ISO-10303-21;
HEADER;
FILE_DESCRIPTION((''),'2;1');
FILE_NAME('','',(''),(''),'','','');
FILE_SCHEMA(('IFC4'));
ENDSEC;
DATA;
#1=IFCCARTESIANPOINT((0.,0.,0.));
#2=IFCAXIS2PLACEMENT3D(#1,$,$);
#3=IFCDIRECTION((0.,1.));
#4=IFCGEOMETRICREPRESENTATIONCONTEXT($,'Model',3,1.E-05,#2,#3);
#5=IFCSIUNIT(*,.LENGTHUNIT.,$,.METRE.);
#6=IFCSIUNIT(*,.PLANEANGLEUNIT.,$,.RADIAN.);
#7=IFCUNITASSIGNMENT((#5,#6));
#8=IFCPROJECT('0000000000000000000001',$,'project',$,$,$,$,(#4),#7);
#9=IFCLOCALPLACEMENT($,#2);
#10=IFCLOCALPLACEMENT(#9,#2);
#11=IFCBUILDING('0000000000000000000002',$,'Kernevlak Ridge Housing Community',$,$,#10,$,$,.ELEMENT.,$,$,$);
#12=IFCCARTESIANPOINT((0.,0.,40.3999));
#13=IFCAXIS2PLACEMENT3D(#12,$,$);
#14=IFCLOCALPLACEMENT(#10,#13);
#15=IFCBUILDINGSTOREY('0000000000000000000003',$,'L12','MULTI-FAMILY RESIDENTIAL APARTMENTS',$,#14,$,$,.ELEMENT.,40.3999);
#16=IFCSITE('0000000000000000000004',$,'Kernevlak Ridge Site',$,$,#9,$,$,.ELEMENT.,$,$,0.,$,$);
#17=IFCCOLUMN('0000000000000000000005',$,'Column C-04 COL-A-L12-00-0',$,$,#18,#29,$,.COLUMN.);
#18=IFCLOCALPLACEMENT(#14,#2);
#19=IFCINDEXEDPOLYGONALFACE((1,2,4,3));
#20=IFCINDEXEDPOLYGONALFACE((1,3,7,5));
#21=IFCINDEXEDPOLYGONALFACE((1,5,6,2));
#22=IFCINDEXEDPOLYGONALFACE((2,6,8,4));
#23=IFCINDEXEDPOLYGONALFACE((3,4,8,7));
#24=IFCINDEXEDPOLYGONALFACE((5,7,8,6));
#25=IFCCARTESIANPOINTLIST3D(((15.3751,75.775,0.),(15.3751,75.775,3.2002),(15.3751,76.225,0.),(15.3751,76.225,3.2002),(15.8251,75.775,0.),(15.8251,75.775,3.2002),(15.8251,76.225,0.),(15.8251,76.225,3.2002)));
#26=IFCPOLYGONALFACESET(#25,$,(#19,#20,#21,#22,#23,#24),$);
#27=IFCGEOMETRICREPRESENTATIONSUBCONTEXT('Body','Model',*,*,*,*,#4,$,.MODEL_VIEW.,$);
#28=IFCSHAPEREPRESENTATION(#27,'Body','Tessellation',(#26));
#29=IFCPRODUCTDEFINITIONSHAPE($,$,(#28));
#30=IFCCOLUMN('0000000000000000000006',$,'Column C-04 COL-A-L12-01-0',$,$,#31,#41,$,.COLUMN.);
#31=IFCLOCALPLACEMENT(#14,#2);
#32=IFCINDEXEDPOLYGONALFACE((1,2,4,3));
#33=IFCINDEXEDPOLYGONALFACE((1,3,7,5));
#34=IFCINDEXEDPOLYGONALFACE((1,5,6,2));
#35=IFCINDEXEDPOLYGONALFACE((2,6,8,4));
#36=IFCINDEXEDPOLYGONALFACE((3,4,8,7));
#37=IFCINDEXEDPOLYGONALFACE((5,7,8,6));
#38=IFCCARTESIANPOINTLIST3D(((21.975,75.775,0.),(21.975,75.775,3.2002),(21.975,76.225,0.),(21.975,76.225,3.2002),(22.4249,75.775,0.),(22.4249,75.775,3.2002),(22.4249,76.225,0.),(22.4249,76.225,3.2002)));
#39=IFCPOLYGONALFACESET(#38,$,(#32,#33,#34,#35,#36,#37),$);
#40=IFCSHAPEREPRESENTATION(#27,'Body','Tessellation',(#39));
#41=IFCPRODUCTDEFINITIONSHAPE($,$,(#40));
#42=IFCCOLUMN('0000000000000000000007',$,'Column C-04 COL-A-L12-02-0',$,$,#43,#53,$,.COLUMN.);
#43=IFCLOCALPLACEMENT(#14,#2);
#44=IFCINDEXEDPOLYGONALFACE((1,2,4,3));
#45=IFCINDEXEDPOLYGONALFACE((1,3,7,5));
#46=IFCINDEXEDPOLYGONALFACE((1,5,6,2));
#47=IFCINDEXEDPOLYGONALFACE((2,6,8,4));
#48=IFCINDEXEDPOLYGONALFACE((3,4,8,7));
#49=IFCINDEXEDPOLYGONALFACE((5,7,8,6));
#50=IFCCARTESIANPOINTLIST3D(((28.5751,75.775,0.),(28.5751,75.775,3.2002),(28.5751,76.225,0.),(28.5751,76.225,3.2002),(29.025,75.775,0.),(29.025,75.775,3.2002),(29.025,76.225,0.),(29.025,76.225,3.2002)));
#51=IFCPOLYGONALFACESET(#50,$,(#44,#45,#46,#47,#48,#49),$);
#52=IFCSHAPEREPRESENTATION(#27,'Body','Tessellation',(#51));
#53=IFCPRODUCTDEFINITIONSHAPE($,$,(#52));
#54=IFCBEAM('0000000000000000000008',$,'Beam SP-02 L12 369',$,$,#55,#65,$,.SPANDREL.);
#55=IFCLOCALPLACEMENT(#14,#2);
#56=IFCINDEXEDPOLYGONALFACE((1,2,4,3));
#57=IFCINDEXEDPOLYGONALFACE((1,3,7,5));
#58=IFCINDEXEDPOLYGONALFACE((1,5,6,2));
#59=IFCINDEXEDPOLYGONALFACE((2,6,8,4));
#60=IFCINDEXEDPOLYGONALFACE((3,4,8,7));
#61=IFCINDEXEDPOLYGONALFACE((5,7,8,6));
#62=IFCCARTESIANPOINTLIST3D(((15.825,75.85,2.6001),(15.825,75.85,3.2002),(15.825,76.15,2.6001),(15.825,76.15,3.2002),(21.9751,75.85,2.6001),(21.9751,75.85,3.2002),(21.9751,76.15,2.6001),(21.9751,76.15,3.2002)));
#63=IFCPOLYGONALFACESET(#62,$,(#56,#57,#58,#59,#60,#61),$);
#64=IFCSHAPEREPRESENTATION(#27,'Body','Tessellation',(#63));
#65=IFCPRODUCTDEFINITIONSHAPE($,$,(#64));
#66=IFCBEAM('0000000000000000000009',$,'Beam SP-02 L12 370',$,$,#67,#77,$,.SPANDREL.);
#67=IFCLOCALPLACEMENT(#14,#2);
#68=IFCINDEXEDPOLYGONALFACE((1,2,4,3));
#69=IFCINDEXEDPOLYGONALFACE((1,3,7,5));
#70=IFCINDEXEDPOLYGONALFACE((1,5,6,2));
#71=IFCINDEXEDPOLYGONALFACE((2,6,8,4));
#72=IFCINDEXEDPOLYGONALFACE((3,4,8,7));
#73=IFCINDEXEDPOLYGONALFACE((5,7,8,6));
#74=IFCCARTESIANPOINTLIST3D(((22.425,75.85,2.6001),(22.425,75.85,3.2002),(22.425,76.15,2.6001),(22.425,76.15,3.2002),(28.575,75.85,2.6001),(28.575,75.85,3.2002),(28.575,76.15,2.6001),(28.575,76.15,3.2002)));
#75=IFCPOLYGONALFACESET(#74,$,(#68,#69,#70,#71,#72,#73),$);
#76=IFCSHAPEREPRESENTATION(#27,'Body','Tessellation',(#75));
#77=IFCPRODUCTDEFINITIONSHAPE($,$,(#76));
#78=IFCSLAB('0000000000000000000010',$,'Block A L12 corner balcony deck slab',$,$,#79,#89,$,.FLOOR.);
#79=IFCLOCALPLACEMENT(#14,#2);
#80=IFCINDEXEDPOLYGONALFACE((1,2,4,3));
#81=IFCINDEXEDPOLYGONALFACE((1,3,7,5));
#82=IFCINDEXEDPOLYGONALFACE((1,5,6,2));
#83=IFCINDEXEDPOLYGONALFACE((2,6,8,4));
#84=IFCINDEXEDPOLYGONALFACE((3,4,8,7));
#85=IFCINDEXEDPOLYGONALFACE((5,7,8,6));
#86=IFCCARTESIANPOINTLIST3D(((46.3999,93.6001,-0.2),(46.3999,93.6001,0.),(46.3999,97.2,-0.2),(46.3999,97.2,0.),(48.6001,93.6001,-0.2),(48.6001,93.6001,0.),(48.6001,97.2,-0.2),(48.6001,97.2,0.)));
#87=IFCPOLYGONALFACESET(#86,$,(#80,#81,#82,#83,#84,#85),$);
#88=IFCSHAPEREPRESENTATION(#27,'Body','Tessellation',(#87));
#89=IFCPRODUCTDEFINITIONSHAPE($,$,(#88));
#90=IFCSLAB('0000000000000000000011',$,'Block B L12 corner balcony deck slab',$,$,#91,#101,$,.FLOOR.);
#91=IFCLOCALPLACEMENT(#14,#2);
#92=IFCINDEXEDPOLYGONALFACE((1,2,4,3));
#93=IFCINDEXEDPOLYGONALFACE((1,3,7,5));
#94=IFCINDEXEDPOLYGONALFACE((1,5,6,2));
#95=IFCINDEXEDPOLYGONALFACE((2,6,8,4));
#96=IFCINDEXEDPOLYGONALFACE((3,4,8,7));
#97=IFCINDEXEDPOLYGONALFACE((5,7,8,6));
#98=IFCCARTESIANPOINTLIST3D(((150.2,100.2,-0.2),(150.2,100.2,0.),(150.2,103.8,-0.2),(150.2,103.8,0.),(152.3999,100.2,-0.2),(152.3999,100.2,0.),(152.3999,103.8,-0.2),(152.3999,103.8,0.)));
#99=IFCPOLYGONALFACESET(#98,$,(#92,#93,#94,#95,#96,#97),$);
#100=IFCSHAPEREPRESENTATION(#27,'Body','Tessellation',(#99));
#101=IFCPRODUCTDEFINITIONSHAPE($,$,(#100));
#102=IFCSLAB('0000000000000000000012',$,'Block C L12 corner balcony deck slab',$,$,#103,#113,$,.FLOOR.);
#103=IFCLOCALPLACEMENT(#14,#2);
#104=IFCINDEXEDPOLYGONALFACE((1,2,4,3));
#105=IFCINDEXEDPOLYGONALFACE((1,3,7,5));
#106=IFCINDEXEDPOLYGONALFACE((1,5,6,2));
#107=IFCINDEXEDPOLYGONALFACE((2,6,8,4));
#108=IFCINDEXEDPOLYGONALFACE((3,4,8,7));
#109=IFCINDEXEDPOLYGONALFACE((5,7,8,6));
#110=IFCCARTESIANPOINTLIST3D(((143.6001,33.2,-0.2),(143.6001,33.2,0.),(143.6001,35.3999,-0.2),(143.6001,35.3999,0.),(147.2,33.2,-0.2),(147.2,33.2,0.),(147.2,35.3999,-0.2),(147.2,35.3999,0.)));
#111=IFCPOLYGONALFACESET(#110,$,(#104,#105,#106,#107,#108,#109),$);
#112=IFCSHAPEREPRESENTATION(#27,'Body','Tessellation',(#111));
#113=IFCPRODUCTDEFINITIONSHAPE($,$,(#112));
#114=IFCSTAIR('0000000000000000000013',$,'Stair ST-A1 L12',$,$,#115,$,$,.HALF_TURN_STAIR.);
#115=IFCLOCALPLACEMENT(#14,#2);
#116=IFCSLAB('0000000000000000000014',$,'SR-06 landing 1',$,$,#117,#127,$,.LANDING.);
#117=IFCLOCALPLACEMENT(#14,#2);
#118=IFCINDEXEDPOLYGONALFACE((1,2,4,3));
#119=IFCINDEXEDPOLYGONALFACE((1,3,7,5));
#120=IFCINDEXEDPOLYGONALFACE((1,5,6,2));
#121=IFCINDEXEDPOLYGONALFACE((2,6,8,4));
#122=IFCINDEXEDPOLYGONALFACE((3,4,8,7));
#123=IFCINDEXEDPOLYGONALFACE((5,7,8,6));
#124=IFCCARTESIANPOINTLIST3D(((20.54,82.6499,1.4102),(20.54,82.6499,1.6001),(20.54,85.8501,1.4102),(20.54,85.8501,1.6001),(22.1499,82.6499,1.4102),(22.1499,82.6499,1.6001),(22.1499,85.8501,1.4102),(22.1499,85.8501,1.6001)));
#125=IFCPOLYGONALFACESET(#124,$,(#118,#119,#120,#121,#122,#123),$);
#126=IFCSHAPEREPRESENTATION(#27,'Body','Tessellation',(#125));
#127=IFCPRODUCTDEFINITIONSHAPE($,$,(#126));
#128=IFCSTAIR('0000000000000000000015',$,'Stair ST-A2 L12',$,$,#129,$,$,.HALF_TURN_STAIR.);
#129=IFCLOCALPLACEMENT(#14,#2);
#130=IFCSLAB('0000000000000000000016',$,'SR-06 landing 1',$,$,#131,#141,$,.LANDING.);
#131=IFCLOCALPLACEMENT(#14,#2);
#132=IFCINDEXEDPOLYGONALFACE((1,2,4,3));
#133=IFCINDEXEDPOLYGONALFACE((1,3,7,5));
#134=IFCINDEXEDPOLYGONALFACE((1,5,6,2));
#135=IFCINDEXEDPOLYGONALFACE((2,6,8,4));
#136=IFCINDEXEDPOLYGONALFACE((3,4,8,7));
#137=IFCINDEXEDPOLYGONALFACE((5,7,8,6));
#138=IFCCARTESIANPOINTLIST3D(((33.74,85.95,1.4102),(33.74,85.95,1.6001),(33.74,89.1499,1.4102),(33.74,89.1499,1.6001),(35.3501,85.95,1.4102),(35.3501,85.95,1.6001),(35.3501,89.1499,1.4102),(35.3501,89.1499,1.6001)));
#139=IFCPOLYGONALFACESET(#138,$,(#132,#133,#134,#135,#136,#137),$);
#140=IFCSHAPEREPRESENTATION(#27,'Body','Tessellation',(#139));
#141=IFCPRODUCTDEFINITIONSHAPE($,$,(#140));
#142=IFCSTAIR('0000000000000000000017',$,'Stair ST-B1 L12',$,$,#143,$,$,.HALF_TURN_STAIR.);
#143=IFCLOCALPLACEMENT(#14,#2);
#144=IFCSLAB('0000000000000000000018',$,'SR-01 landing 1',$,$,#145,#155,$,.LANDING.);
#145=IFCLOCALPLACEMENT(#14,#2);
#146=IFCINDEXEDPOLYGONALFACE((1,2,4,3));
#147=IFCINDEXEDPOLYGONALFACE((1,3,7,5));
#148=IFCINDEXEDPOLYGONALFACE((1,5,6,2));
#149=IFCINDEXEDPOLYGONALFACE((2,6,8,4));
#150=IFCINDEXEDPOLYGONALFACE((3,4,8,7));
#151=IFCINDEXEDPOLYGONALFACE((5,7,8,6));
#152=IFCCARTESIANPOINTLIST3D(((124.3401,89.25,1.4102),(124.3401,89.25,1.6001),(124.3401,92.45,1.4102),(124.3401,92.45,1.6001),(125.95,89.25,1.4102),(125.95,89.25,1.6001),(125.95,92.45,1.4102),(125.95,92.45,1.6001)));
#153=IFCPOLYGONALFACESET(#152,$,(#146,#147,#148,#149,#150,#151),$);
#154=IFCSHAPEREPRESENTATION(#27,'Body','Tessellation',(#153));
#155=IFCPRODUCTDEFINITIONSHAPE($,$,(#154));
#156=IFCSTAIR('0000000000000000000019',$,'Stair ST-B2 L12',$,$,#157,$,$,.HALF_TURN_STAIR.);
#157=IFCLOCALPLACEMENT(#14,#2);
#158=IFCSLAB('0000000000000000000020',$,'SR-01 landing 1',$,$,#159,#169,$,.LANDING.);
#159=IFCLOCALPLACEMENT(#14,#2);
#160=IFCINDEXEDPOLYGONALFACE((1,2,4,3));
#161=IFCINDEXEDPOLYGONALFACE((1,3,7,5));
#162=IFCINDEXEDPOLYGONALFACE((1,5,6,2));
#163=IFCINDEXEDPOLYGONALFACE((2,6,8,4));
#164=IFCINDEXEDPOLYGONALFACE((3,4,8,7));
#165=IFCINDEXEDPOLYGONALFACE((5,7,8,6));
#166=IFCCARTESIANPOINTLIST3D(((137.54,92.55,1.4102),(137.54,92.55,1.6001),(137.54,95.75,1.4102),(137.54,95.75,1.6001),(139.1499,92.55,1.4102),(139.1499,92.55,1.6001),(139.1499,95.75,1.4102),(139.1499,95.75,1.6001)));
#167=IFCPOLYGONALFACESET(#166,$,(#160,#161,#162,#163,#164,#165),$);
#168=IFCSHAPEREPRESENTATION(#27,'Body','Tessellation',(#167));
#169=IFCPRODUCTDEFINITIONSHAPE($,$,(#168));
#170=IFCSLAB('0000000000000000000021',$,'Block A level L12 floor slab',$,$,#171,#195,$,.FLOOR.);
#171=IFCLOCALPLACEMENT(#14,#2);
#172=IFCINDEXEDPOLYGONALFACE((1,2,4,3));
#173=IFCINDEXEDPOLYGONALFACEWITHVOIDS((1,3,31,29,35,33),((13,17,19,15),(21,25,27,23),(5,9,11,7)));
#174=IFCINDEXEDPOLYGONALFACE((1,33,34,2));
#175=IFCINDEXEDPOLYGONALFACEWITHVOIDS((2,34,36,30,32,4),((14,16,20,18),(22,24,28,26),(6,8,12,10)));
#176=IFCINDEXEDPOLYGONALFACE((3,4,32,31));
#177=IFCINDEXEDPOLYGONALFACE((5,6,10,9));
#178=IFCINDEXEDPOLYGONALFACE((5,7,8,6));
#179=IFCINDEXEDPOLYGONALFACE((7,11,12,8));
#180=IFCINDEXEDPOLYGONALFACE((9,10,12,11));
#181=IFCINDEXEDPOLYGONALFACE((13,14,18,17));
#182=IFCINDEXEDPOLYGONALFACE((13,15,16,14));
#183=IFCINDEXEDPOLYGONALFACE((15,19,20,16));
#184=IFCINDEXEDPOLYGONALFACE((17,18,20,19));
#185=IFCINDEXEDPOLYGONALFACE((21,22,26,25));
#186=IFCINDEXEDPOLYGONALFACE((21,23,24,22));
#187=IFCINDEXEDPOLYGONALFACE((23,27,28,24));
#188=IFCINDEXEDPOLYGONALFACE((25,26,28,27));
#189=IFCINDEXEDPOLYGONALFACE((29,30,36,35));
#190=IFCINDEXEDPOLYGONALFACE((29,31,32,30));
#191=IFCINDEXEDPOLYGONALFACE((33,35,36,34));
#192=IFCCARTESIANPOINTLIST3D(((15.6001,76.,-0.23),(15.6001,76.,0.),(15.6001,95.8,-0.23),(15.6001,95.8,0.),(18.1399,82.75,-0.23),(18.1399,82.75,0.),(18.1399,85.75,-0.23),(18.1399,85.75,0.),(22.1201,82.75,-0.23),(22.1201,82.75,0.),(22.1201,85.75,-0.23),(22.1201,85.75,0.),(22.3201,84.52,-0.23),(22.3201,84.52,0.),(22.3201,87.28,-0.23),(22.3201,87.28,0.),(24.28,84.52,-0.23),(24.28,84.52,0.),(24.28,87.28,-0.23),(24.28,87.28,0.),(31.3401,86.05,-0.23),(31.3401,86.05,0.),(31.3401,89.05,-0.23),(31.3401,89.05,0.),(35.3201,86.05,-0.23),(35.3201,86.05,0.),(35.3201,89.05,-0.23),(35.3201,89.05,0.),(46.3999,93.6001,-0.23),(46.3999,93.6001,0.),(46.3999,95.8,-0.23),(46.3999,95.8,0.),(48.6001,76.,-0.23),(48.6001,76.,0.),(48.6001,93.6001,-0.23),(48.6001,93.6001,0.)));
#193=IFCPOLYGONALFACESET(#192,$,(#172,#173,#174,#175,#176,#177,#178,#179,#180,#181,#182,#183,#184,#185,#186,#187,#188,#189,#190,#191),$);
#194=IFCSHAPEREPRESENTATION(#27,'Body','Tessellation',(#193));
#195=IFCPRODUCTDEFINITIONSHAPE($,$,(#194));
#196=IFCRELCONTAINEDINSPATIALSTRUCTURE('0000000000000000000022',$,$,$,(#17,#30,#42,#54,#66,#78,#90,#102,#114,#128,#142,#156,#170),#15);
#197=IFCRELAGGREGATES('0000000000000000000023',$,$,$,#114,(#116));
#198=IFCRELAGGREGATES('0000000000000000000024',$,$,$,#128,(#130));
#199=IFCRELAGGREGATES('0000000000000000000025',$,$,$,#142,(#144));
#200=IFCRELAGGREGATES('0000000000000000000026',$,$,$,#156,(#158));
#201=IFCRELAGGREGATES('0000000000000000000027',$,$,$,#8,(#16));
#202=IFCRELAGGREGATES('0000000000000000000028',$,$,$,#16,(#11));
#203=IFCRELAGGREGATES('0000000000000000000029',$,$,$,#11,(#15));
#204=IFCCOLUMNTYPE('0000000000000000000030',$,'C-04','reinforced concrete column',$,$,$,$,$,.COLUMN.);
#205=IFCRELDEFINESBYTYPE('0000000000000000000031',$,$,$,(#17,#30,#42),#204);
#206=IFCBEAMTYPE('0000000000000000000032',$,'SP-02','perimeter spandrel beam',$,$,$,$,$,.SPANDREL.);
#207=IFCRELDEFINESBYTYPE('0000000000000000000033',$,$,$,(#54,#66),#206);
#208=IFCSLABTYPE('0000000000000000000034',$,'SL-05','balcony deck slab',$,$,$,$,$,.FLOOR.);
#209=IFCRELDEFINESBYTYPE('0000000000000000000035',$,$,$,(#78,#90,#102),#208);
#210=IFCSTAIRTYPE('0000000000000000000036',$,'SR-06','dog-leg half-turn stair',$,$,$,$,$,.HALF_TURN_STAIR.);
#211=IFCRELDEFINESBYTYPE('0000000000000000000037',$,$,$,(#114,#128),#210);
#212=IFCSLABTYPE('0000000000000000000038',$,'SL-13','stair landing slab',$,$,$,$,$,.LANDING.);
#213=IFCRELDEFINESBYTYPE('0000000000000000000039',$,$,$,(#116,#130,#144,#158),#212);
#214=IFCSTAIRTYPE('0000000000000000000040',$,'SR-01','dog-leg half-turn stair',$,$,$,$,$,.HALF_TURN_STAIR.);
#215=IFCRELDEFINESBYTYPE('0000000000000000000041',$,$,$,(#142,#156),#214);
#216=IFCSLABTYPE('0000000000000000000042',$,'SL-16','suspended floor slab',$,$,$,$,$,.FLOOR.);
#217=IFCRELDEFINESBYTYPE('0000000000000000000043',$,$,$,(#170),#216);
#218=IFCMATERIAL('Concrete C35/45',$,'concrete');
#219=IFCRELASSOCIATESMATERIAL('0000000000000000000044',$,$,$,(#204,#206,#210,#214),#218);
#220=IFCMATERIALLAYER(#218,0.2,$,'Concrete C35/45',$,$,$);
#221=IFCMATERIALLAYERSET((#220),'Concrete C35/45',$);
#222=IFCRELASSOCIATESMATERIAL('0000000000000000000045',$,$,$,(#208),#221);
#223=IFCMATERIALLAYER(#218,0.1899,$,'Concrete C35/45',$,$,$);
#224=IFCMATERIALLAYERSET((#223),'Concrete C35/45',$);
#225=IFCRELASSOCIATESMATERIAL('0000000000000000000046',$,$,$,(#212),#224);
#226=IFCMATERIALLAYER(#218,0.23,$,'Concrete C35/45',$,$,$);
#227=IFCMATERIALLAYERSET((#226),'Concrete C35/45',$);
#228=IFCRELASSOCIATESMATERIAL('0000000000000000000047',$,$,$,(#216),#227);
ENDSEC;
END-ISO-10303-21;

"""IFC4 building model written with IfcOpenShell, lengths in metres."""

from ifc_helpers import new_model, si_unit, direction, frame, origin, origin_2d, place, context, subcontext, project, spatial, polyline, rectangle, outline, extrude, material, layer, layer_set, material_profile, profile_set, type_object, element, aggregate, save


model = new_model("IFC4")

# Units and contexts
model_context = context("Model", 3, precision=1e-05, world=origin(), true_north=direction((0.0, 1.0)))
body_context = subcontext(model_context, "Body", "Model", "MODEL_VIEW")
ifc_project = project(units=[si_unit("LENGTHUNIT", "METRE"), si_unit("PLANEANGLEUNIT", "RADIAN")], contexts=[model_context])

# Site, building, storey
site_placement = place(None, origin())
site = spatial("IfcSite", under=ifc_project, at=site_placement, Name="Kernevlak Ridge Site", CompositionType="ELEMENT", RefElevation=0.0)
building_placement = place(site_placement, origin())
building = spatial("IfcBuilding", under=site, at=building_placement, Name="Kernevlak Ridge Housing Community", CompositionType="ELEMENT")
storey_placement = place(building_placement, frame((0.0, 0.0, 40.3999)))
storey = spatial("IfcBuildingStorey", under=building, at=storey_placement, Name="L12", Description="MULTI-FAMILY RESIDENTIAL APARTMENTS", CompositionType="ELEMENT", Elevation=40.3999)

# Columns
ifc_material_1 = material(Name="Concrete C35/45", Category="concrete")
ifc_material_profile_1 = material_profile(ifc_material_1, rectangle(XDim=0.45, YDim=0.45, at=origin_2d()), Name="RC 450x450")
ifc_profile_set_1 = profile_set([ifc_material_profile_1], Name="Concrete C35/45")
column_type = type_object("IfcColumnType", Name="C-04", Description="reinforced concrete column", PredefinedType="COLUMN", material=ifc_profile_set_1)
for number, where, z_axis, x_axis, name in (
    (1, (15.6001, 76.0, 0.0), (0.0, 0.0, 1.0), (1.0, 0.0, 0.0), "Column C-04 COL-A-L12-00-0"),
    (2, (22.2, 76.0, 0.0), (0.0, 0.0, 1.0), (1.0, 0.0, 0.0), "Column C-04 COL-A-L12-01-0"),
    (3, (28.8, 76.0, 0.0), (0.0, 0.0, 1.0), (1.0, 0.0, 0.0), "Column C-04 COL-A-L12-02-0"),
):
    element("IfcColumn", number, at=place(storey_placement, frame(where, z_axis=z_axis, x_axis=x_axis)), inside=storey, type_object=column_type, Name=name, PredefinedType="COLUMN", context=body_context, shape_type="SweptSolid", body=[
        extrude(rectangle(XDim=0.45, YDim=0.45, at=origin_2d()), origin(), (0.0, 0.0, 1.0), 3.2002),
    ])

# Beams
ifc_material_profile_2 = material_profile(ifc_material_1, rectangle(XDim=0.3, YDim=0.6001, at=origin_2d()), Name="RC 300x600")
ifc_profile_set_2 = profile_set([ifc_material_profile_2], Name="Concrete C35/45")
beam_type = type_object("IfcBeamType", Name="SP-02", Description="perimeter spandrel beam", PredefinedType="SPANDREL", material=ifc_profile_set_2)
beam_1_placement = place(storey_placement, frame((15.825, 76.0, 2.9001), z_axis=(1.0, 0.0, 0.0), x_axis=(0.0, 1.0, 0.0)))
element("IfcBeam", 4, at=beam_1_placement, inside=storey, type_object=beam_type, Name="Beam SP-02 L12 369", PredefinedType="SPANDREL", context=body_context, shape_type="SweptSolid", body=[
    extrude(rectangle(XDim=0.3, YDim=0.6001, at=origin_2d()), origin(), (0.0, 0.0, 1.0), 6.1501),
])
beam_2_placement = place(storey_placement, frame((22.425, 76.0, 2.9001), z_axis=(1.0, 0.0, 0.0), x_axis=(0.0, 1.0, 0.0)))
element("IfcBeam", 5, at=beam_2_placement, inside=storey, type_object=beam_type, Name="Beam SP-02 L12 370", PredefinedType="SPANDREL", context=body_context, shape_type="SweptSolid", body=[
    extrude(rectangle(XDim=0.3, YDim=0.6001, at=origin_2d()), origin(), (0.0, 0.0, 1.0), 6.1499),
])

# Slabs
ifc_layer_1 = layer(ifc_material_1, 0.2, Name="Concrete C35/45")
ifc_layer_set_1 = layer_set([ifc_layer_1], Name="Concrete C35/45")
slab_type_1 = type_object("IfcSlabType", Name="SL-05", Description="balcony deck slab", PredefinedType="FLOOR", material=ifc_layer_set_1)
slab_1_placement = place(storey_placement, frame((0.0, 0.0, -0.2)))
element("IfcSlab", 6, at=slab_1_placement, inside=storey, type_object=slab_type_1, Name="Block A L12 corner balcony deck slab", PredefinedType="FLOOR", context=body_context, shape_type="SweptSolid", body=[
    extrude(outline(polyline([(46.3999, 93.6001), (48.6001, 93.6001), (48.6001, 97.2), (46.3999, 97.2), (46.3999, 93.6001)])), origin(), (0.0, 0.0, 1.0), 0.2),
])
slab_2_placement = place(storey_placement, frame((0.0, 0.0, -0.2)))
element("IfcSlab", 7, at=slab_2_placement, inside=storey, type_object=slab_type_1, Name="Block B L12 corner balcony deck slab", PredefinedType="FLOOR", context=body_context, shape_type="SweptSolid", body=[
    extrude(outline(polyline([(150.2, 100.2), (152.3999, 100.2), (152.3999, 103.8), (150.2, 103.8), (150.2, 100.2)])), origin(), (0.0, 0.0, 1.0), 0.2),
])
slab_3_placement = place(storey_placement, frame((0.0, 0.0, -0.2)))
element("IfcSlab", 8, at=slab_3_placement, inside=storey, type_object=slab_type_1, Name="Block C L12 corner balcony deck slab", PredefinedType="FLOOR", context=body_context, shape_type="SweptSolid", body=[
    extrude(outline(polyline([(147.2, 33.2), (147.2, 35.3999), (143.6001, 35.3999), (143.6001, 33.2), (147.2, 33.2)])), origin(), (0.0, 0.0, 1.0), 0.2),
])

# Stairs, slabs
stair_type_1 = type_object("IfcStairType", Name="SR-06", Description="dog-leg half-turn stair", PredefinedType="HALF_TURN_STAIR", material=ifc_material_1)
stair_1_placement = place(storey_placement, origin())
stair_1 = element("IfcStair", 9, at=stair_1_placement, inside=storey, type_object=stair_type_1, Name="Stair ST-A1 L12", PredefinedType="HALF_TURN_STAIR")
ifc_layer_2 = layer(ifc_material_1, 0.1899, Name="Concrete C35/45")
ifc_layer_set_2 = layer_set([ifc_layer_2], Name="Concrete C35/45")
slab_type_2 = type_object("IfcSlabType", Name="SL-13", Description="stair landing slab", PredefinedType="LANDING", material=ifc_layer_set_2)
slab_4_placement = place(storey_placement, frame((0.0, 0.0, 1.4102)))
slab_4 = element("IfcSlab", 10, at=slab_4_placement, type_object=slab_type_2, Name="SR-06 landing 1", PredefinedType="LANDING", context=body_context, shape_type="SweptSolid", body=[
    extrude(outline(polyline([(20.54, 82.6499), (22.1499, 82.6499), (22.1499, 85.8501), (20.54, 85.8501), (20.54, 82.6499)])), origin(), (0.0, 0.0, 1.0), 0.1899),
])
aggregate(stair_1, [slab_4])
stair_2_placement = place(storey_placement, origin())
stair_2 = element("IfcStair", 11, at=stair_2_placement, inside=storey, type_object=stair_type_1, Name="Stair ST-A2 L12", PredefinedType="HALF_TURN_STAIR")
slab_5_placement = place(storey_placement, frame((0.0, 0.0, 1.4102)))
slab_5 = element("IfcSlab", 12, at=slab_5_placement, type_object=slab_type_2, Name="SR-06 landing 1", PredefinedType="LANDING", context=body_context, shape_type="SweptSolid", body=[
    extrude(outline(polyline([(33.74, 85.95), (35.3501, 85.95), (35.3501, 89.1499), (33.74, 89.1499), (33.74, 85.95)])), origin(), (0.0, 0.0, 1.0), 0.1899),
])
aggregate(stair_2, [slab_5])
stair_type_2 = type_object("IfcStairType", Name="SR-01", Description="dog-leg half-turn stair", PredefinedType="HALF_TURN_STAIR", material=ifc_material_1)
stair_3_placement = place(storey_placement, origin())
stair_3 = element("IfcStair", 13, at=stair_3_placement, inside=storey, type_object=stair_type_2, Name="Stair ST-B1 L12", PredefinedType="HALF_TURN_STAIR")
slab_6_placement = place(storey_placement, frame((0.0, 0.0, 1.4102)))
slab_6 = element("IfcSlab", 14, at=slab_6_placement, type_object=slab_type_2, Name="SR-01 landing 1", PredefinedType="LANDING", context=body_context, shape_type="SweptSolid", body=[
    extrude(outline(polyline([(124.3401, 89.25), (125.95, 89.25), (125.95, 92.45), (124.3401, 92.45), (124.3401, 89.25)])), origin(), (0.0, 0.0, 1.0), 0.1899),
])
aggregate(stair_3, [slab_6])
stair_4_placement = place(storey_placement, origin())
stair_4 = element("IfcStair", 15, at=stair_4_placement, inside=storey, type_object=stair_type_2, Name="Stair ST-B2 L12", PredefinedType="HALF_TURN_STAIR")
slab_7_placement = place(storey_placement, frame((0.0, 0.0, 1.4102)))
slab_7 = element("IfcSlab", 16, at=slab_7_placement, type_object=slab_type_2, Name="SR-01 landing 1", PredefinedType="LANDING", context=body_context, shape_type="SweptSolid", body=[
    extrude(outline(polyline([(137.54, 92.55), (139.1499, 92.55), (139.1499, 95.75), (137.54, 95.75), (137.54, 92.55)])), origin(), (0.0, 0.0, 1.0), 0.1899),
])
aggregate(stair_4, [slab_7])

# Slab
ifc_layer_3 = layer(ifc_material_1, 0.23, Name="Concrete C35/45")
ifc_layer_set_3 = layer_set([ifc_layer_3], Name="Concrete C35/45")
slab_type_3 = type_object("IfcSlabType", Name="SL-16", Description="suspended floor slab", PredefinedType="FLOOR", material=ifc_layer_set_3)
slab_8_placement = place(storey_placement, frame((0.0, 0.0, -0.23)))
element("IfcSlab", 17, at=slab_8_placement, inside=storey, type_object=slab_type_3, Name="Block A level L12 floor slab", PredefinedType="FLOOR", context=body_context, shape_type="SweptSolid", body=[
    extrude(outline(polyline([(15.6001, 76.0), (48.6001, 76.0), (48.6001, 93.6001), (46.3999, 93.6001), (46.3999, 95.8), (15.6001, 95.8), (15.6001, 76.0)]), holes=[polyline([(18.1399, 85.75), (22.1201, 85.75), (22.1201, 82.75), (18.1399, 82.75), (18.1399, 85.75)]), polyline([(31.3401, 89.05), (35.3201, 89.05), (35.3201, 86.05), (31.3401, 86.05), (31.3401, 89.05)]), polyline([(22.3201, 87.28), (24.28, 87.28), (24.28, 84.52), (22.3201, 84.52), (22.3201, 87.28)])]), origin(), (0.0, 0.0, 1.0), 0.23),
])

save(model, "model.ifc")
